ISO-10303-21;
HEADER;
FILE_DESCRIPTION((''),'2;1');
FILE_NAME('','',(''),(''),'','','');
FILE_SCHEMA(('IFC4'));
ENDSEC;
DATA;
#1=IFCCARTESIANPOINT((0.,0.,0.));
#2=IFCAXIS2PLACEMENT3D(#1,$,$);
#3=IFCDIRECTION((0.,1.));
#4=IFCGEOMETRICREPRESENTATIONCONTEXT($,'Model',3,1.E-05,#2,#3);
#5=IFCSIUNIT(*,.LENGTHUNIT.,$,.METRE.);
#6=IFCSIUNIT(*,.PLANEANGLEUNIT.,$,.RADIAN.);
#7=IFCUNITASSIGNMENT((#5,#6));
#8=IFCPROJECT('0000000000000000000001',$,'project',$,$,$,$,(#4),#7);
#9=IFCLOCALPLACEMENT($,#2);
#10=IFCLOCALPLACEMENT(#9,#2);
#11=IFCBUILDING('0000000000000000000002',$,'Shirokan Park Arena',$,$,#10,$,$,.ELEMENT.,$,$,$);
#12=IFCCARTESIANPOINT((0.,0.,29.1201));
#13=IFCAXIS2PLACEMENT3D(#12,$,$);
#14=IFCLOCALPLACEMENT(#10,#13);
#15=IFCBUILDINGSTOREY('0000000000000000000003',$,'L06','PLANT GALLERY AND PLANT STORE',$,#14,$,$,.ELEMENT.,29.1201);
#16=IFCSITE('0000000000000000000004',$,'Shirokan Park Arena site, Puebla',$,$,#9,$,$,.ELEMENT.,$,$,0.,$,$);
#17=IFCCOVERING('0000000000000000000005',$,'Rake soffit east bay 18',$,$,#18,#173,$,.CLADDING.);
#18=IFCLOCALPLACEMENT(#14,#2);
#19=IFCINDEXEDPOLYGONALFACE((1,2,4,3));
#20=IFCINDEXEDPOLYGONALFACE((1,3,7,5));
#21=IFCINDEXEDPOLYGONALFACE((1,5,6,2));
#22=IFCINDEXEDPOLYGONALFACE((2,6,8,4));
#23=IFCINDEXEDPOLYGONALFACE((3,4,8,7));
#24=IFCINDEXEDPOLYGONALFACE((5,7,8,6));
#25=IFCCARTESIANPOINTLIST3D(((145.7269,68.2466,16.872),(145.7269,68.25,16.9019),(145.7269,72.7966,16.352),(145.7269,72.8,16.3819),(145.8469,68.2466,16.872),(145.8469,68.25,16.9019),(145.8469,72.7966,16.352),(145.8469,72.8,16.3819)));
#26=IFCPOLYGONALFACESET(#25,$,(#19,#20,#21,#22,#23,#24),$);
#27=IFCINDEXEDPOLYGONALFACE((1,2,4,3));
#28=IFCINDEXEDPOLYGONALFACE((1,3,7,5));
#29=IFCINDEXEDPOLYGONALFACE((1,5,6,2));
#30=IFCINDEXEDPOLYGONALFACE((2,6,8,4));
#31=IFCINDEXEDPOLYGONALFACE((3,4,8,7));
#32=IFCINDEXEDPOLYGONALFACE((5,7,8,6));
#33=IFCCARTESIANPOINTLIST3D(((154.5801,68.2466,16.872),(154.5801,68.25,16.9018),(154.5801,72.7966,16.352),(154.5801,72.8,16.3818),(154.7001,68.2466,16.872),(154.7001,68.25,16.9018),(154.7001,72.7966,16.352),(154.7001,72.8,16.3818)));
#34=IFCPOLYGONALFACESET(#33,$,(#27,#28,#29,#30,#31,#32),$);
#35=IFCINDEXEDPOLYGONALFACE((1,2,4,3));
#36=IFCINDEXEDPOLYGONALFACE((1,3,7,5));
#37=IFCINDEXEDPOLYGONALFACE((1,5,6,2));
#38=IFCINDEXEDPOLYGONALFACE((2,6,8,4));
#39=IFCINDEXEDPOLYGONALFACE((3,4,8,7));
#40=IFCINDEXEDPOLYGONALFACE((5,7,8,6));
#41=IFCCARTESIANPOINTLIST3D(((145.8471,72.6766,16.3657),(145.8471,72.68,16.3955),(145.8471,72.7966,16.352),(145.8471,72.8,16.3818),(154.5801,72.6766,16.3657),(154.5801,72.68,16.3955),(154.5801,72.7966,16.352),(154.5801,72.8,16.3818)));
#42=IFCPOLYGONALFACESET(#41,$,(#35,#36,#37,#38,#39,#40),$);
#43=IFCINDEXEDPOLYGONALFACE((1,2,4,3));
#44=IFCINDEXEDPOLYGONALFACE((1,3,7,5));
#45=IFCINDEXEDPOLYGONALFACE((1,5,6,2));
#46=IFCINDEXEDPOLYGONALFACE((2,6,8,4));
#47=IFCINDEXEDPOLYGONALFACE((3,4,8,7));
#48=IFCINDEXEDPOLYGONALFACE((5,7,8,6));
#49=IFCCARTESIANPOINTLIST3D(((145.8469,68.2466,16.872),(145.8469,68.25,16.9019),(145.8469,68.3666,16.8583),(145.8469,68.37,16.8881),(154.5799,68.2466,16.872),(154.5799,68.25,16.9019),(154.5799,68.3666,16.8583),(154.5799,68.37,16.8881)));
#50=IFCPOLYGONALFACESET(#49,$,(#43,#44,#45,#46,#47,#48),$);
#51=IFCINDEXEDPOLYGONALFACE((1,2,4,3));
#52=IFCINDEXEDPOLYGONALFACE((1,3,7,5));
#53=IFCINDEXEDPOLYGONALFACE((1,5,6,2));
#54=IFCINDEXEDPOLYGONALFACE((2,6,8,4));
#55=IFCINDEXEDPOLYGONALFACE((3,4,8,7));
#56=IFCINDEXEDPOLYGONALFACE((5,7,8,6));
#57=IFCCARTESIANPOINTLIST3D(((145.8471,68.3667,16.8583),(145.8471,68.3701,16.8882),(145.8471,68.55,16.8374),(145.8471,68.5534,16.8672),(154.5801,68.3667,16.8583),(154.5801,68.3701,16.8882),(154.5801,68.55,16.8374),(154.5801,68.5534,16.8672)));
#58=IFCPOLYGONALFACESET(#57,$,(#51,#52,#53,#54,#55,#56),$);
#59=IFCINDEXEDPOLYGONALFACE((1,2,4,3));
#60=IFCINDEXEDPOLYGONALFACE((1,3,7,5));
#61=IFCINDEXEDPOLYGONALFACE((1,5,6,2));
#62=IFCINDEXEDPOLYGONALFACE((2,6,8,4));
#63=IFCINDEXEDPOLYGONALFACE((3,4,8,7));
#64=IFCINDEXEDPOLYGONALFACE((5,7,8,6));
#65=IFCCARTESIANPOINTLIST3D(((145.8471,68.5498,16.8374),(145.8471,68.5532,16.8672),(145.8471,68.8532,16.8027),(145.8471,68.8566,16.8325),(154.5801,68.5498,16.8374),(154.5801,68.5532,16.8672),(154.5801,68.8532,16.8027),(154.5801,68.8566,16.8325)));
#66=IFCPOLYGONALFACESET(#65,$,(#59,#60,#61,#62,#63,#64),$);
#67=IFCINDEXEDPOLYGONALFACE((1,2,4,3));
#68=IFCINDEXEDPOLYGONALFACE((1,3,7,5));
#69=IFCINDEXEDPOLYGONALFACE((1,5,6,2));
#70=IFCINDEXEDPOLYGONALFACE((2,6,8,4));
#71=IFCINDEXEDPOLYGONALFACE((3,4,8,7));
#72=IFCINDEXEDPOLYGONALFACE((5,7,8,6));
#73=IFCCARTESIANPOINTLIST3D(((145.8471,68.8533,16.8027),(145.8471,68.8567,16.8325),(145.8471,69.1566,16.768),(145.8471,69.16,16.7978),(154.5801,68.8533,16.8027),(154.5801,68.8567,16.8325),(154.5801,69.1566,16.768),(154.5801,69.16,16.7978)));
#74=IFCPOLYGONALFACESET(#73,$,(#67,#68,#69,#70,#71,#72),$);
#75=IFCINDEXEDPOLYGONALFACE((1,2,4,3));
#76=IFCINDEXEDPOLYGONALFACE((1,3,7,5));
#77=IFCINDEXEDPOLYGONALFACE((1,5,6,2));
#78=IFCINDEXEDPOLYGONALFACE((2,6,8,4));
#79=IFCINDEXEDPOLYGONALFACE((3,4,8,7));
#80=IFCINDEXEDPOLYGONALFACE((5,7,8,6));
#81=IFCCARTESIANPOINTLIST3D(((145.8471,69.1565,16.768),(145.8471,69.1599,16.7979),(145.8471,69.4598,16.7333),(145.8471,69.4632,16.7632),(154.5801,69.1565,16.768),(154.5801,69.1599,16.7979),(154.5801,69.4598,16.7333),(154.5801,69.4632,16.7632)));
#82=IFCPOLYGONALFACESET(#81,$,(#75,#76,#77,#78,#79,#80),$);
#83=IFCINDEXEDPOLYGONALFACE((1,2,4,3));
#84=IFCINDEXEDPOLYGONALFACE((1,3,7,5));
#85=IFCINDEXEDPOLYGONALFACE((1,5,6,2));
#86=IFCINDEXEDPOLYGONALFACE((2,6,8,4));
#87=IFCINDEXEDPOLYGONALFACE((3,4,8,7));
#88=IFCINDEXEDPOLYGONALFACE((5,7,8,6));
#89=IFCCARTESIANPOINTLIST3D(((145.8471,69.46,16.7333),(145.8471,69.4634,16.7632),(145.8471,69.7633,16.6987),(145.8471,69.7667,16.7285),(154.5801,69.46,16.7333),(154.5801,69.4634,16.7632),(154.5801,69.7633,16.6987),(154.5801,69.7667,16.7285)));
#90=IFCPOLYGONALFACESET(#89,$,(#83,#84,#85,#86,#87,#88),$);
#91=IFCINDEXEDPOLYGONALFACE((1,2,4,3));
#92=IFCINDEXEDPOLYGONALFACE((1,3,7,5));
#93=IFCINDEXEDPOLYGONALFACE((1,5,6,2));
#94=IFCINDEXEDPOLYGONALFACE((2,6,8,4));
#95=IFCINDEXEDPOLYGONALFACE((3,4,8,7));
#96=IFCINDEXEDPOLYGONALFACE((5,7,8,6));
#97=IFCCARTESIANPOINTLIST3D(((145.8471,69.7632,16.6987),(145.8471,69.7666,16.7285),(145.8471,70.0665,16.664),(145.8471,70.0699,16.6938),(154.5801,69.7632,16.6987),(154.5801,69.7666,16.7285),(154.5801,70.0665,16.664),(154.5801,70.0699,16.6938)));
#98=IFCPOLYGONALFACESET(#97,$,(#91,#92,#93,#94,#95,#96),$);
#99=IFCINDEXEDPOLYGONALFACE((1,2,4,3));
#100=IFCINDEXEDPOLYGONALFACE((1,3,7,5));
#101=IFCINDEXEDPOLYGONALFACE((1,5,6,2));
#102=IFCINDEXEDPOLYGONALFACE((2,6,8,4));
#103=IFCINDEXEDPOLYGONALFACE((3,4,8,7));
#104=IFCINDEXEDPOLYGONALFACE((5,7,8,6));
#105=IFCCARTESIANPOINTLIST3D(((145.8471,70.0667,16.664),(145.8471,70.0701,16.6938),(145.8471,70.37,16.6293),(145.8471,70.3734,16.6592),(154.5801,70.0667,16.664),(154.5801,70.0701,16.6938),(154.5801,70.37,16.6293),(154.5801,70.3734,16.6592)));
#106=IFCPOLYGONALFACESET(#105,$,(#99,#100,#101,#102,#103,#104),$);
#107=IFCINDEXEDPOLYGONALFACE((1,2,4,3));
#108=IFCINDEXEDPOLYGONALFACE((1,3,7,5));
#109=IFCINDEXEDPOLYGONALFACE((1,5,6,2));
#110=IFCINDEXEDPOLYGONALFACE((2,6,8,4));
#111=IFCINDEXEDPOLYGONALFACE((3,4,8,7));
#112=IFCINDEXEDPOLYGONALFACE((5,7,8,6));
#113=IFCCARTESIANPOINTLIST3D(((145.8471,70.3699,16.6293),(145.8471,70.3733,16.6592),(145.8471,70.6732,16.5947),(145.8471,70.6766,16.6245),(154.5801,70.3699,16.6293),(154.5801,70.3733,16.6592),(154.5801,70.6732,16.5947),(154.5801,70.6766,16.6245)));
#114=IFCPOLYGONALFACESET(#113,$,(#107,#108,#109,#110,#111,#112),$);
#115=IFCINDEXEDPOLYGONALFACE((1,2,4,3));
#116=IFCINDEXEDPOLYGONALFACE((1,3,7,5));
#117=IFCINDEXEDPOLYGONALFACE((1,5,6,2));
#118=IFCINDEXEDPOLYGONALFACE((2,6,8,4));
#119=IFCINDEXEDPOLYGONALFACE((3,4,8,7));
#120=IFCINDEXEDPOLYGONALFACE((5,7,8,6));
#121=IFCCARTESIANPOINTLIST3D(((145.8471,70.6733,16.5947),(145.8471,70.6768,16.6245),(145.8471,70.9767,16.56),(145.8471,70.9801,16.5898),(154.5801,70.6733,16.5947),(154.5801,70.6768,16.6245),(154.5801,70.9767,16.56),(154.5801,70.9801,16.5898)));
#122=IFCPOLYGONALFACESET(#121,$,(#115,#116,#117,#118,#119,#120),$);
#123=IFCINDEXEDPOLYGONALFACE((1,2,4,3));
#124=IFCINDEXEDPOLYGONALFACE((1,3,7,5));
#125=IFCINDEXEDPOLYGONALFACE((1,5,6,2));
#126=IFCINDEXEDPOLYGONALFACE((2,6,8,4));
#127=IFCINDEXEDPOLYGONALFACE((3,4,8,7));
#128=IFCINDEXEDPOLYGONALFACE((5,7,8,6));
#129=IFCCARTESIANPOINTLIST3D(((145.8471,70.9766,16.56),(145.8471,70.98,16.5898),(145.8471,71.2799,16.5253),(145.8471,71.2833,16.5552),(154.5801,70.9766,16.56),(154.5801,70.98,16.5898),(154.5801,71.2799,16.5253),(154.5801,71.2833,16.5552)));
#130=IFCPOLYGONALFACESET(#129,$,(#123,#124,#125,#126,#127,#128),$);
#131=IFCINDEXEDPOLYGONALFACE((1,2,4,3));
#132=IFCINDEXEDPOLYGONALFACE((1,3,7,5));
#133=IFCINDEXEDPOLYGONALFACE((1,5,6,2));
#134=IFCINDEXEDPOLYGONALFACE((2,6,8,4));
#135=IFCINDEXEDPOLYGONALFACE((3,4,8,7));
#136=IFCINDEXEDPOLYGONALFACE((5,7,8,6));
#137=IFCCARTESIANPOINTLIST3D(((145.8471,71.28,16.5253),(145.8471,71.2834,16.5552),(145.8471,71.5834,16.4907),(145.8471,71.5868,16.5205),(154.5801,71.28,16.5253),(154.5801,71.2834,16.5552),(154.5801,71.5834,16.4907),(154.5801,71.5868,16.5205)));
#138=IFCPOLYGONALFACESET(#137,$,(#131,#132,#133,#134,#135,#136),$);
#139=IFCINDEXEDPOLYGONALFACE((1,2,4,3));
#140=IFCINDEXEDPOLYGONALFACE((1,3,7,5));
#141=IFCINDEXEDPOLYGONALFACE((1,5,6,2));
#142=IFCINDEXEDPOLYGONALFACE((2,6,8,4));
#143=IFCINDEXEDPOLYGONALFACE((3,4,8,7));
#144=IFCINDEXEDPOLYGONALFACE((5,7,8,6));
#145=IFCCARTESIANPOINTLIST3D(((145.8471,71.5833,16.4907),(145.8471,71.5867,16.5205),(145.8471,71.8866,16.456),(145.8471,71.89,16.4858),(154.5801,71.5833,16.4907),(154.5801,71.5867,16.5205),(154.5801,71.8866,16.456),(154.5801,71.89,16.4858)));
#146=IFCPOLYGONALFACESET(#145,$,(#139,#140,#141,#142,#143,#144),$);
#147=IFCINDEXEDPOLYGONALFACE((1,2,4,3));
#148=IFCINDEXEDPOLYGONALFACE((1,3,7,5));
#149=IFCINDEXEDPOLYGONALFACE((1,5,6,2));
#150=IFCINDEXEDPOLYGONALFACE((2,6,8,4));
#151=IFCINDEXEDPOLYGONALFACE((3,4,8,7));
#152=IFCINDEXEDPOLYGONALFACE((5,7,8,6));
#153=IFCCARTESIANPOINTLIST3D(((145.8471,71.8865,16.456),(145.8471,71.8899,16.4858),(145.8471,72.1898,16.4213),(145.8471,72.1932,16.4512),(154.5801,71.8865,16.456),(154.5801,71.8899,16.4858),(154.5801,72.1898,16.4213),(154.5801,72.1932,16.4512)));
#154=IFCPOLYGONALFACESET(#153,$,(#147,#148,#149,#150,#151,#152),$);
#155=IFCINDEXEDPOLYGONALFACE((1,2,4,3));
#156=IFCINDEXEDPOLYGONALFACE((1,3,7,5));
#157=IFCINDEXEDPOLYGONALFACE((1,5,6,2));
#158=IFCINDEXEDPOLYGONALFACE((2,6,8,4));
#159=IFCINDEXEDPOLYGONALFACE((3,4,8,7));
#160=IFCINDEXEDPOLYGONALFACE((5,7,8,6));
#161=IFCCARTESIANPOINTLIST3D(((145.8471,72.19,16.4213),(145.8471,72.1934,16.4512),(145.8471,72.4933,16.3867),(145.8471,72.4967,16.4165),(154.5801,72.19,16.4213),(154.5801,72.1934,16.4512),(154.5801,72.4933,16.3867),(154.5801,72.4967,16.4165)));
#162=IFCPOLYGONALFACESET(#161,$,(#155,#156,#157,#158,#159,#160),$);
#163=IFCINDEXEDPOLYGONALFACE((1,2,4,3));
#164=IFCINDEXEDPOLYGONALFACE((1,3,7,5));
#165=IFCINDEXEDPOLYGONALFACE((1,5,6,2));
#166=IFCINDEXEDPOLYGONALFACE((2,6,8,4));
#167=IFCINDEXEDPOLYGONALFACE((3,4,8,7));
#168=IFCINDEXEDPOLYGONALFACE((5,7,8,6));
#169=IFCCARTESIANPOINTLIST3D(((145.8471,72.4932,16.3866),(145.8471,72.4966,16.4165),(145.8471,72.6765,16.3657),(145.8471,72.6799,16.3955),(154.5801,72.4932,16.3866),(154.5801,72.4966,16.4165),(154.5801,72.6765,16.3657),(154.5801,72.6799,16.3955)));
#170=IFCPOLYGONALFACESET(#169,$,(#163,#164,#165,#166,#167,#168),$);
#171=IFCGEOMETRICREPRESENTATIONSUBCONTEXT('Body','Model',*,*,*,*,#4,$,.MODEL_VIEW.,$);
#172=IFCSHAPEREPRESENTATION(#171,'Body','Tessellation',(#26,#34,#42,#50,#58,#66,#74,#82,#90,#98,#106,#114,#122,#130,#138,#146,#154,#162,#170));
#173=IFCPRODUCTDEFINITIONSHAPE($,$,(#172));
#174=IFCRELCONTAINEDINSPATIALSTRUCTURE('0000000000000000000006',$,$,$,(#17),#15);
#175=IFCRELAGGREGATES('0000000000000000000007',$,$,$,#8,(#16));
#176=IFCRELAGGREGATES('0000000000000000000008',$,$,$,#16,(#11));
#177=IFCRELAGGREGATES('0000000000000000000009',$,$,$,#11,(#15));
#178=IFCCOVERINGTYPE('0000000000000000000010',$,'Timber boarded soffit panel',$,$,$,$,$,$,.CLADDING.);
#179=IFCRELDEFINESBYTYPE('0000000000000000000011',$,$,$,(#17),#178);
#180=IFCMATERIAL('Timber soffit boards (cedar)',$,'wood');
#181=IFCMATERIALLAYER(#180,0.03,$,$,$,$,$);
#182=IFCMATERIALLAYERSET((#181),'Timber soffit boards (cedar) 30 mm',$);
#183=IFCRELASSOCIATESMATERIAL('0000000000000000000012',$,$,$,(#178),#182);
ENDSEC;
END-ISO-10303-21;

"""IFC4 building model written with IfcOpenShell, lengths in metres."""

from ifc_helpers import new_model, si_unit, direction, frame, origin, place, context, subcontext, project, spatial, polyline, outline, extrude, material, layer, layer_set, type_object, element, save


model = new_model("IFC4")

# Units and contexts
model_context = context("Model", 3, precision=1e-05, world=origin(), true_north=direction((0.0, 1.0)))
body_context = subcontext(model_context, "Body", "Model", "MODEL_VIEW")
ifc_project = project(units=[si_unit("LENGTHUNIT", "METRE"), si_unit("PLANEANGLEUNIT", "RADIAN")], contexts=[model_context])

# Site, building, storey
site_placement = place(None, origin())
site = spatial("IfcSite", under=ifc_project, at=site_placement, Name="Shirokan Park Arena site, Puebla", CompositionType="ELEMENT", RefElevation=0.0)
building_placement = place(site_placement, origin())
building = spatial("IfcBuilding", under=site, at=building_placement, Name="Shirokan Park Arena", CompositionType="ELEMENT")
storey_placement = place(building_placement, frame((0.0, 0.0, 29.1201)))
storey = spatial("IfcBuildingStorey", under=building, at=storey_placement, Name="L06", Description="PLANT GALLERY AND PLANT STORE", CompositionType="ELEMENT", Elevation=29.1201)

# Covering
ifc_material = material(Name="Timber soffit boards (cedar)", Category="wood")
ifc_layer = layer(ifc_material, 0.03)
ifc_layer_set = layer_set([ifc_layer], Name="Timber soffit boards (cedar) 30 mm")
covering_type = type_object("IfcCoveringType", Name="Timber boarded soffit panel", PredefinedType="CLADDING", material=ifc_layer_set)
covering_1_placement = place(storey_placement, origin())
element("IfcCovering", 1, at=covering_1_placement, inside=storey, type_object=covering_type, Name="Rake soffit east bay 18", PredefinedType="CLADDING", context=body_context, shape_type="SweptSolid", body=[
    extrude(outline(polyline([(0.0, 0.0), (0.12, 0.0), (0.12, -4.5796), (0.0, -4.5796), (0.0, 0.0)])), frame((145.8469, 68.25, 16.9019), z_axis=(0.0, 0.113547, 0.993533), x_axis=(-1.0, 0.0, 0.0)), (0.0, 0.0, -1.0), 0.03),
    extrude(outline(polyline([(0.0, 0.0), (0.12, 0.0), (0.12, -4.5796), (0.0, -4.5796), (0.0, 0.0)])), frame((154.5801, 72.8, 16.3818), z_axis=(0.0, 0.113547, 0.993533), x_axis=(1.0, 0.0, 0.0)), (0.0, 0.0, -1.0), 0.03),
    extrude(outline(polyline([(0.0, 0.0), (0.1208, 0.0), (0.1208, -8.733), (0.0, -8.733), (0.0, 0.0)])), frame((154.5801, 72.8, 16.3818), z_axis=(0.0, 0.113512, 0.993537), x_axis=(0.0, -0.993537, 0.113512)), (0.0, 0.0, -1.0), 0.03),
    extrude(outline(polyline([(0.0, 0.0), (0.1208, 0.0), (0.1208, -8.733), (0.0, -8.733), (0.0, 0.0)])), frame((145.8469, 68.25, 16.9019), z_axis=(0.0, 0.113512, 0.993537), x_axis=(0.0, 0.993537, -0.113512)), (0.0, 0.0, -1.0), 0.03),
    extrude(outline(polyline([(0.0, 0.0), (8.733, 0.0), (8.733, -0.1845), (0.0, -0.1845), (0.0, 0.0)])), frame((154.5801, 68.3701, 16.8882), z_axis=(0.0, 0.113589, 0.993528), x_axis=(-1.0, 0.0, 0.0)), (0.0, 0.0, -1.0), 0.03),
    extrude(outline(polyline([(0.0, 0.0), (8.733, 0.0), (8.733, -0.3053), (0.0, -0.3053), (0.0, 0.0)])), frame((154.5801, 68.5532, 16.8672), z_axis=(0.0, 0.113523, 0.993535), x_axis=(-1.0, 0.0, 0.0)), (0.0, 0.0, -1.0), 0.03),
    extrude(outline(polyline([(0.0, 0.0), (8.733, 0.0), (8.733, -0.3053), (0.0, -0.3053), (0.0, 0.0)])), frame((154.5801, 68.8567, 16.8325), z_axis=(0.0, 0.113559, 0.993531), x_axis=(-1.0, 0.0, 0.0)), (0.0, 0.0, -1.0), 0.03),
    extrude(outline(polyline([(0.0, 0.0), (8.733, 0.0), (8.733, -0.3053), (0.0, -0.3053), (0.0, 0.0)])), frame((154.5801, 69.1599, 16.7979), z_axis=(0.0, 0.113559, 0.993531), x_axis=(-1.0, 0.0, 0.0)), (0.0, 0.0, -1.0), 0.03),
    extrude(outline(polyline([(0.0, 0.0), (8.733, 0.0), (8.733, -0.3053), (0.0, -0.3053), (0.0, 0.0)])), frame((154.5801, 69.4634, 16.7632), z_axis=(0.0, 0.113523, 0.993535), x_axis=(-1.0, 0.0, 0.0)), (0.0, 0.0, -1.0), 0.03),
    extrude(outline(polyline([(0.0, 0.0), (8.733, 0.0), (8.733, -0.3053), (0.0, -0.3053), (0.0, 0.0)])), frame((154.5801, 69.7666, 16.7285), z_axis=(0.0, 0.113559, 0.993531), x_axis=(-1.0, 0.0, 0.0)), (0.0, 0.0, -1.0), 0.03),
    extrude(outline(polyline([(0.0, 0.0), (8.733, 0.0), (8.733, -0.3053), (0.0, -0.3053), (0.0, 0.0)])), frame((154.5801, 70.0701, 16.6938), z_axis=(0.0, 0.113559, 0.993531), x_axis=(-1.0, 0.0, 0.0)), (0.0, 0.0, -1.0), 0.03),
    extrude(outline(polyline([(0.0, 0.0), (8.733, 0.0), (8.733, -0.3053), (0.0, -0.3053), (0.0, 0.0)])), frame((154.5801, 70.3733, 16.6592), z_axis=(0.0, 0.113523, 0.993535), x_axis=(-1.0, 0.0, 0.0)), (0.0, 0.0, -1.0), 0.03),
    extrude(outline(polyline([(0.0, 0.0), (8.733, 0.0), (8.733, -0.3053), (0.0, -0.3053), (0.0, 0.0)])), frame((154.5801, 70.6768, 16.6245), z_axis=(0.0, 0.113559, 0.993531), x_axis=(-1.0, 0.0, 0.0)), (0.0, 0.0, -1.0), 0.03),
    extrude(outline(polyline([(0.0, 0.0), (8.733, 0.0), (8.733, -0.3053), (0.0, -0.3053), (0.0, 0.0)])), frame((154.5801, 70.98, 16.5898), z_axis=(0.0, 0.113559, 0.993531), x_axis=(-1.0, 0.0, 0.0)), (0.0, 0.0, -1.0), 0.03),
    extrude(outline(polyline([(0.0, 0.0), (8.733, 0.0), (8.733, -0.3053), (0.0, -0.3053), (0.0, 0.0)])), frame((154.5801, 71.2834, 16.5552), z_axis=(0.0, 0.113523, 0.993535), x_axis=(-1.0, 0.0, 0.0)), (0.0, 0.0, -1.0), 0.03),
    extrude(outline(polyline([(0.0, 0.0), (8.733, 0.0), (8.733, -0.3053), (0.0, -0.3053), (0.0, 0.0)])), frame((154.5801, 71.5867, 16.5205), z_axis=(0.0, 0.113559, 0.993531), x_axis=(-1.0, 0.0, 0.0)), (0.0, 0.0, -1.0), 0.03),
    extrude(outline(polyline([(0.0, 0.0), (8.733, 0.0), (8.733, -0.3053), (0.0, -0.3053), (0.0, 0.0)])), frame((154.5801, 71.8899, 16.4858), z_axis=(0.0, 0.113559, 0.993531), x_axis=(-1.0, 0.0, 0.0)), (0.0, 0.0, -1.0), 0.03),
    extrude(outline(polyline([(0.0, 0.0), (8.733, 0.0), (8.733, -0.3053), (0.0, -0.3053), (0.0, 0.0)])), frame((154.5801, 72.1934, 16.4512), z_axis=(0.0, 0.113523, 0.993535), x_axis=(-1.0, 0.0, 0.0)), (0.0, 0.0, -1.0), 0.03),
    extrude(outline(polyline([(0.0, 0.0), (0.1845, 0.0), (0.1845, -8.733), (0.0, -8.733), (0.0, 0.0)])), frame((154.5801, 72.6799, 16.3955), z_axis=(0.0, 0.113589, 0.993528), x_axis=(0.0, -0.993528, 0.113589)), (0.0, 0.0, -1.0), 0.03),
])

save(model, "model.ifc")
